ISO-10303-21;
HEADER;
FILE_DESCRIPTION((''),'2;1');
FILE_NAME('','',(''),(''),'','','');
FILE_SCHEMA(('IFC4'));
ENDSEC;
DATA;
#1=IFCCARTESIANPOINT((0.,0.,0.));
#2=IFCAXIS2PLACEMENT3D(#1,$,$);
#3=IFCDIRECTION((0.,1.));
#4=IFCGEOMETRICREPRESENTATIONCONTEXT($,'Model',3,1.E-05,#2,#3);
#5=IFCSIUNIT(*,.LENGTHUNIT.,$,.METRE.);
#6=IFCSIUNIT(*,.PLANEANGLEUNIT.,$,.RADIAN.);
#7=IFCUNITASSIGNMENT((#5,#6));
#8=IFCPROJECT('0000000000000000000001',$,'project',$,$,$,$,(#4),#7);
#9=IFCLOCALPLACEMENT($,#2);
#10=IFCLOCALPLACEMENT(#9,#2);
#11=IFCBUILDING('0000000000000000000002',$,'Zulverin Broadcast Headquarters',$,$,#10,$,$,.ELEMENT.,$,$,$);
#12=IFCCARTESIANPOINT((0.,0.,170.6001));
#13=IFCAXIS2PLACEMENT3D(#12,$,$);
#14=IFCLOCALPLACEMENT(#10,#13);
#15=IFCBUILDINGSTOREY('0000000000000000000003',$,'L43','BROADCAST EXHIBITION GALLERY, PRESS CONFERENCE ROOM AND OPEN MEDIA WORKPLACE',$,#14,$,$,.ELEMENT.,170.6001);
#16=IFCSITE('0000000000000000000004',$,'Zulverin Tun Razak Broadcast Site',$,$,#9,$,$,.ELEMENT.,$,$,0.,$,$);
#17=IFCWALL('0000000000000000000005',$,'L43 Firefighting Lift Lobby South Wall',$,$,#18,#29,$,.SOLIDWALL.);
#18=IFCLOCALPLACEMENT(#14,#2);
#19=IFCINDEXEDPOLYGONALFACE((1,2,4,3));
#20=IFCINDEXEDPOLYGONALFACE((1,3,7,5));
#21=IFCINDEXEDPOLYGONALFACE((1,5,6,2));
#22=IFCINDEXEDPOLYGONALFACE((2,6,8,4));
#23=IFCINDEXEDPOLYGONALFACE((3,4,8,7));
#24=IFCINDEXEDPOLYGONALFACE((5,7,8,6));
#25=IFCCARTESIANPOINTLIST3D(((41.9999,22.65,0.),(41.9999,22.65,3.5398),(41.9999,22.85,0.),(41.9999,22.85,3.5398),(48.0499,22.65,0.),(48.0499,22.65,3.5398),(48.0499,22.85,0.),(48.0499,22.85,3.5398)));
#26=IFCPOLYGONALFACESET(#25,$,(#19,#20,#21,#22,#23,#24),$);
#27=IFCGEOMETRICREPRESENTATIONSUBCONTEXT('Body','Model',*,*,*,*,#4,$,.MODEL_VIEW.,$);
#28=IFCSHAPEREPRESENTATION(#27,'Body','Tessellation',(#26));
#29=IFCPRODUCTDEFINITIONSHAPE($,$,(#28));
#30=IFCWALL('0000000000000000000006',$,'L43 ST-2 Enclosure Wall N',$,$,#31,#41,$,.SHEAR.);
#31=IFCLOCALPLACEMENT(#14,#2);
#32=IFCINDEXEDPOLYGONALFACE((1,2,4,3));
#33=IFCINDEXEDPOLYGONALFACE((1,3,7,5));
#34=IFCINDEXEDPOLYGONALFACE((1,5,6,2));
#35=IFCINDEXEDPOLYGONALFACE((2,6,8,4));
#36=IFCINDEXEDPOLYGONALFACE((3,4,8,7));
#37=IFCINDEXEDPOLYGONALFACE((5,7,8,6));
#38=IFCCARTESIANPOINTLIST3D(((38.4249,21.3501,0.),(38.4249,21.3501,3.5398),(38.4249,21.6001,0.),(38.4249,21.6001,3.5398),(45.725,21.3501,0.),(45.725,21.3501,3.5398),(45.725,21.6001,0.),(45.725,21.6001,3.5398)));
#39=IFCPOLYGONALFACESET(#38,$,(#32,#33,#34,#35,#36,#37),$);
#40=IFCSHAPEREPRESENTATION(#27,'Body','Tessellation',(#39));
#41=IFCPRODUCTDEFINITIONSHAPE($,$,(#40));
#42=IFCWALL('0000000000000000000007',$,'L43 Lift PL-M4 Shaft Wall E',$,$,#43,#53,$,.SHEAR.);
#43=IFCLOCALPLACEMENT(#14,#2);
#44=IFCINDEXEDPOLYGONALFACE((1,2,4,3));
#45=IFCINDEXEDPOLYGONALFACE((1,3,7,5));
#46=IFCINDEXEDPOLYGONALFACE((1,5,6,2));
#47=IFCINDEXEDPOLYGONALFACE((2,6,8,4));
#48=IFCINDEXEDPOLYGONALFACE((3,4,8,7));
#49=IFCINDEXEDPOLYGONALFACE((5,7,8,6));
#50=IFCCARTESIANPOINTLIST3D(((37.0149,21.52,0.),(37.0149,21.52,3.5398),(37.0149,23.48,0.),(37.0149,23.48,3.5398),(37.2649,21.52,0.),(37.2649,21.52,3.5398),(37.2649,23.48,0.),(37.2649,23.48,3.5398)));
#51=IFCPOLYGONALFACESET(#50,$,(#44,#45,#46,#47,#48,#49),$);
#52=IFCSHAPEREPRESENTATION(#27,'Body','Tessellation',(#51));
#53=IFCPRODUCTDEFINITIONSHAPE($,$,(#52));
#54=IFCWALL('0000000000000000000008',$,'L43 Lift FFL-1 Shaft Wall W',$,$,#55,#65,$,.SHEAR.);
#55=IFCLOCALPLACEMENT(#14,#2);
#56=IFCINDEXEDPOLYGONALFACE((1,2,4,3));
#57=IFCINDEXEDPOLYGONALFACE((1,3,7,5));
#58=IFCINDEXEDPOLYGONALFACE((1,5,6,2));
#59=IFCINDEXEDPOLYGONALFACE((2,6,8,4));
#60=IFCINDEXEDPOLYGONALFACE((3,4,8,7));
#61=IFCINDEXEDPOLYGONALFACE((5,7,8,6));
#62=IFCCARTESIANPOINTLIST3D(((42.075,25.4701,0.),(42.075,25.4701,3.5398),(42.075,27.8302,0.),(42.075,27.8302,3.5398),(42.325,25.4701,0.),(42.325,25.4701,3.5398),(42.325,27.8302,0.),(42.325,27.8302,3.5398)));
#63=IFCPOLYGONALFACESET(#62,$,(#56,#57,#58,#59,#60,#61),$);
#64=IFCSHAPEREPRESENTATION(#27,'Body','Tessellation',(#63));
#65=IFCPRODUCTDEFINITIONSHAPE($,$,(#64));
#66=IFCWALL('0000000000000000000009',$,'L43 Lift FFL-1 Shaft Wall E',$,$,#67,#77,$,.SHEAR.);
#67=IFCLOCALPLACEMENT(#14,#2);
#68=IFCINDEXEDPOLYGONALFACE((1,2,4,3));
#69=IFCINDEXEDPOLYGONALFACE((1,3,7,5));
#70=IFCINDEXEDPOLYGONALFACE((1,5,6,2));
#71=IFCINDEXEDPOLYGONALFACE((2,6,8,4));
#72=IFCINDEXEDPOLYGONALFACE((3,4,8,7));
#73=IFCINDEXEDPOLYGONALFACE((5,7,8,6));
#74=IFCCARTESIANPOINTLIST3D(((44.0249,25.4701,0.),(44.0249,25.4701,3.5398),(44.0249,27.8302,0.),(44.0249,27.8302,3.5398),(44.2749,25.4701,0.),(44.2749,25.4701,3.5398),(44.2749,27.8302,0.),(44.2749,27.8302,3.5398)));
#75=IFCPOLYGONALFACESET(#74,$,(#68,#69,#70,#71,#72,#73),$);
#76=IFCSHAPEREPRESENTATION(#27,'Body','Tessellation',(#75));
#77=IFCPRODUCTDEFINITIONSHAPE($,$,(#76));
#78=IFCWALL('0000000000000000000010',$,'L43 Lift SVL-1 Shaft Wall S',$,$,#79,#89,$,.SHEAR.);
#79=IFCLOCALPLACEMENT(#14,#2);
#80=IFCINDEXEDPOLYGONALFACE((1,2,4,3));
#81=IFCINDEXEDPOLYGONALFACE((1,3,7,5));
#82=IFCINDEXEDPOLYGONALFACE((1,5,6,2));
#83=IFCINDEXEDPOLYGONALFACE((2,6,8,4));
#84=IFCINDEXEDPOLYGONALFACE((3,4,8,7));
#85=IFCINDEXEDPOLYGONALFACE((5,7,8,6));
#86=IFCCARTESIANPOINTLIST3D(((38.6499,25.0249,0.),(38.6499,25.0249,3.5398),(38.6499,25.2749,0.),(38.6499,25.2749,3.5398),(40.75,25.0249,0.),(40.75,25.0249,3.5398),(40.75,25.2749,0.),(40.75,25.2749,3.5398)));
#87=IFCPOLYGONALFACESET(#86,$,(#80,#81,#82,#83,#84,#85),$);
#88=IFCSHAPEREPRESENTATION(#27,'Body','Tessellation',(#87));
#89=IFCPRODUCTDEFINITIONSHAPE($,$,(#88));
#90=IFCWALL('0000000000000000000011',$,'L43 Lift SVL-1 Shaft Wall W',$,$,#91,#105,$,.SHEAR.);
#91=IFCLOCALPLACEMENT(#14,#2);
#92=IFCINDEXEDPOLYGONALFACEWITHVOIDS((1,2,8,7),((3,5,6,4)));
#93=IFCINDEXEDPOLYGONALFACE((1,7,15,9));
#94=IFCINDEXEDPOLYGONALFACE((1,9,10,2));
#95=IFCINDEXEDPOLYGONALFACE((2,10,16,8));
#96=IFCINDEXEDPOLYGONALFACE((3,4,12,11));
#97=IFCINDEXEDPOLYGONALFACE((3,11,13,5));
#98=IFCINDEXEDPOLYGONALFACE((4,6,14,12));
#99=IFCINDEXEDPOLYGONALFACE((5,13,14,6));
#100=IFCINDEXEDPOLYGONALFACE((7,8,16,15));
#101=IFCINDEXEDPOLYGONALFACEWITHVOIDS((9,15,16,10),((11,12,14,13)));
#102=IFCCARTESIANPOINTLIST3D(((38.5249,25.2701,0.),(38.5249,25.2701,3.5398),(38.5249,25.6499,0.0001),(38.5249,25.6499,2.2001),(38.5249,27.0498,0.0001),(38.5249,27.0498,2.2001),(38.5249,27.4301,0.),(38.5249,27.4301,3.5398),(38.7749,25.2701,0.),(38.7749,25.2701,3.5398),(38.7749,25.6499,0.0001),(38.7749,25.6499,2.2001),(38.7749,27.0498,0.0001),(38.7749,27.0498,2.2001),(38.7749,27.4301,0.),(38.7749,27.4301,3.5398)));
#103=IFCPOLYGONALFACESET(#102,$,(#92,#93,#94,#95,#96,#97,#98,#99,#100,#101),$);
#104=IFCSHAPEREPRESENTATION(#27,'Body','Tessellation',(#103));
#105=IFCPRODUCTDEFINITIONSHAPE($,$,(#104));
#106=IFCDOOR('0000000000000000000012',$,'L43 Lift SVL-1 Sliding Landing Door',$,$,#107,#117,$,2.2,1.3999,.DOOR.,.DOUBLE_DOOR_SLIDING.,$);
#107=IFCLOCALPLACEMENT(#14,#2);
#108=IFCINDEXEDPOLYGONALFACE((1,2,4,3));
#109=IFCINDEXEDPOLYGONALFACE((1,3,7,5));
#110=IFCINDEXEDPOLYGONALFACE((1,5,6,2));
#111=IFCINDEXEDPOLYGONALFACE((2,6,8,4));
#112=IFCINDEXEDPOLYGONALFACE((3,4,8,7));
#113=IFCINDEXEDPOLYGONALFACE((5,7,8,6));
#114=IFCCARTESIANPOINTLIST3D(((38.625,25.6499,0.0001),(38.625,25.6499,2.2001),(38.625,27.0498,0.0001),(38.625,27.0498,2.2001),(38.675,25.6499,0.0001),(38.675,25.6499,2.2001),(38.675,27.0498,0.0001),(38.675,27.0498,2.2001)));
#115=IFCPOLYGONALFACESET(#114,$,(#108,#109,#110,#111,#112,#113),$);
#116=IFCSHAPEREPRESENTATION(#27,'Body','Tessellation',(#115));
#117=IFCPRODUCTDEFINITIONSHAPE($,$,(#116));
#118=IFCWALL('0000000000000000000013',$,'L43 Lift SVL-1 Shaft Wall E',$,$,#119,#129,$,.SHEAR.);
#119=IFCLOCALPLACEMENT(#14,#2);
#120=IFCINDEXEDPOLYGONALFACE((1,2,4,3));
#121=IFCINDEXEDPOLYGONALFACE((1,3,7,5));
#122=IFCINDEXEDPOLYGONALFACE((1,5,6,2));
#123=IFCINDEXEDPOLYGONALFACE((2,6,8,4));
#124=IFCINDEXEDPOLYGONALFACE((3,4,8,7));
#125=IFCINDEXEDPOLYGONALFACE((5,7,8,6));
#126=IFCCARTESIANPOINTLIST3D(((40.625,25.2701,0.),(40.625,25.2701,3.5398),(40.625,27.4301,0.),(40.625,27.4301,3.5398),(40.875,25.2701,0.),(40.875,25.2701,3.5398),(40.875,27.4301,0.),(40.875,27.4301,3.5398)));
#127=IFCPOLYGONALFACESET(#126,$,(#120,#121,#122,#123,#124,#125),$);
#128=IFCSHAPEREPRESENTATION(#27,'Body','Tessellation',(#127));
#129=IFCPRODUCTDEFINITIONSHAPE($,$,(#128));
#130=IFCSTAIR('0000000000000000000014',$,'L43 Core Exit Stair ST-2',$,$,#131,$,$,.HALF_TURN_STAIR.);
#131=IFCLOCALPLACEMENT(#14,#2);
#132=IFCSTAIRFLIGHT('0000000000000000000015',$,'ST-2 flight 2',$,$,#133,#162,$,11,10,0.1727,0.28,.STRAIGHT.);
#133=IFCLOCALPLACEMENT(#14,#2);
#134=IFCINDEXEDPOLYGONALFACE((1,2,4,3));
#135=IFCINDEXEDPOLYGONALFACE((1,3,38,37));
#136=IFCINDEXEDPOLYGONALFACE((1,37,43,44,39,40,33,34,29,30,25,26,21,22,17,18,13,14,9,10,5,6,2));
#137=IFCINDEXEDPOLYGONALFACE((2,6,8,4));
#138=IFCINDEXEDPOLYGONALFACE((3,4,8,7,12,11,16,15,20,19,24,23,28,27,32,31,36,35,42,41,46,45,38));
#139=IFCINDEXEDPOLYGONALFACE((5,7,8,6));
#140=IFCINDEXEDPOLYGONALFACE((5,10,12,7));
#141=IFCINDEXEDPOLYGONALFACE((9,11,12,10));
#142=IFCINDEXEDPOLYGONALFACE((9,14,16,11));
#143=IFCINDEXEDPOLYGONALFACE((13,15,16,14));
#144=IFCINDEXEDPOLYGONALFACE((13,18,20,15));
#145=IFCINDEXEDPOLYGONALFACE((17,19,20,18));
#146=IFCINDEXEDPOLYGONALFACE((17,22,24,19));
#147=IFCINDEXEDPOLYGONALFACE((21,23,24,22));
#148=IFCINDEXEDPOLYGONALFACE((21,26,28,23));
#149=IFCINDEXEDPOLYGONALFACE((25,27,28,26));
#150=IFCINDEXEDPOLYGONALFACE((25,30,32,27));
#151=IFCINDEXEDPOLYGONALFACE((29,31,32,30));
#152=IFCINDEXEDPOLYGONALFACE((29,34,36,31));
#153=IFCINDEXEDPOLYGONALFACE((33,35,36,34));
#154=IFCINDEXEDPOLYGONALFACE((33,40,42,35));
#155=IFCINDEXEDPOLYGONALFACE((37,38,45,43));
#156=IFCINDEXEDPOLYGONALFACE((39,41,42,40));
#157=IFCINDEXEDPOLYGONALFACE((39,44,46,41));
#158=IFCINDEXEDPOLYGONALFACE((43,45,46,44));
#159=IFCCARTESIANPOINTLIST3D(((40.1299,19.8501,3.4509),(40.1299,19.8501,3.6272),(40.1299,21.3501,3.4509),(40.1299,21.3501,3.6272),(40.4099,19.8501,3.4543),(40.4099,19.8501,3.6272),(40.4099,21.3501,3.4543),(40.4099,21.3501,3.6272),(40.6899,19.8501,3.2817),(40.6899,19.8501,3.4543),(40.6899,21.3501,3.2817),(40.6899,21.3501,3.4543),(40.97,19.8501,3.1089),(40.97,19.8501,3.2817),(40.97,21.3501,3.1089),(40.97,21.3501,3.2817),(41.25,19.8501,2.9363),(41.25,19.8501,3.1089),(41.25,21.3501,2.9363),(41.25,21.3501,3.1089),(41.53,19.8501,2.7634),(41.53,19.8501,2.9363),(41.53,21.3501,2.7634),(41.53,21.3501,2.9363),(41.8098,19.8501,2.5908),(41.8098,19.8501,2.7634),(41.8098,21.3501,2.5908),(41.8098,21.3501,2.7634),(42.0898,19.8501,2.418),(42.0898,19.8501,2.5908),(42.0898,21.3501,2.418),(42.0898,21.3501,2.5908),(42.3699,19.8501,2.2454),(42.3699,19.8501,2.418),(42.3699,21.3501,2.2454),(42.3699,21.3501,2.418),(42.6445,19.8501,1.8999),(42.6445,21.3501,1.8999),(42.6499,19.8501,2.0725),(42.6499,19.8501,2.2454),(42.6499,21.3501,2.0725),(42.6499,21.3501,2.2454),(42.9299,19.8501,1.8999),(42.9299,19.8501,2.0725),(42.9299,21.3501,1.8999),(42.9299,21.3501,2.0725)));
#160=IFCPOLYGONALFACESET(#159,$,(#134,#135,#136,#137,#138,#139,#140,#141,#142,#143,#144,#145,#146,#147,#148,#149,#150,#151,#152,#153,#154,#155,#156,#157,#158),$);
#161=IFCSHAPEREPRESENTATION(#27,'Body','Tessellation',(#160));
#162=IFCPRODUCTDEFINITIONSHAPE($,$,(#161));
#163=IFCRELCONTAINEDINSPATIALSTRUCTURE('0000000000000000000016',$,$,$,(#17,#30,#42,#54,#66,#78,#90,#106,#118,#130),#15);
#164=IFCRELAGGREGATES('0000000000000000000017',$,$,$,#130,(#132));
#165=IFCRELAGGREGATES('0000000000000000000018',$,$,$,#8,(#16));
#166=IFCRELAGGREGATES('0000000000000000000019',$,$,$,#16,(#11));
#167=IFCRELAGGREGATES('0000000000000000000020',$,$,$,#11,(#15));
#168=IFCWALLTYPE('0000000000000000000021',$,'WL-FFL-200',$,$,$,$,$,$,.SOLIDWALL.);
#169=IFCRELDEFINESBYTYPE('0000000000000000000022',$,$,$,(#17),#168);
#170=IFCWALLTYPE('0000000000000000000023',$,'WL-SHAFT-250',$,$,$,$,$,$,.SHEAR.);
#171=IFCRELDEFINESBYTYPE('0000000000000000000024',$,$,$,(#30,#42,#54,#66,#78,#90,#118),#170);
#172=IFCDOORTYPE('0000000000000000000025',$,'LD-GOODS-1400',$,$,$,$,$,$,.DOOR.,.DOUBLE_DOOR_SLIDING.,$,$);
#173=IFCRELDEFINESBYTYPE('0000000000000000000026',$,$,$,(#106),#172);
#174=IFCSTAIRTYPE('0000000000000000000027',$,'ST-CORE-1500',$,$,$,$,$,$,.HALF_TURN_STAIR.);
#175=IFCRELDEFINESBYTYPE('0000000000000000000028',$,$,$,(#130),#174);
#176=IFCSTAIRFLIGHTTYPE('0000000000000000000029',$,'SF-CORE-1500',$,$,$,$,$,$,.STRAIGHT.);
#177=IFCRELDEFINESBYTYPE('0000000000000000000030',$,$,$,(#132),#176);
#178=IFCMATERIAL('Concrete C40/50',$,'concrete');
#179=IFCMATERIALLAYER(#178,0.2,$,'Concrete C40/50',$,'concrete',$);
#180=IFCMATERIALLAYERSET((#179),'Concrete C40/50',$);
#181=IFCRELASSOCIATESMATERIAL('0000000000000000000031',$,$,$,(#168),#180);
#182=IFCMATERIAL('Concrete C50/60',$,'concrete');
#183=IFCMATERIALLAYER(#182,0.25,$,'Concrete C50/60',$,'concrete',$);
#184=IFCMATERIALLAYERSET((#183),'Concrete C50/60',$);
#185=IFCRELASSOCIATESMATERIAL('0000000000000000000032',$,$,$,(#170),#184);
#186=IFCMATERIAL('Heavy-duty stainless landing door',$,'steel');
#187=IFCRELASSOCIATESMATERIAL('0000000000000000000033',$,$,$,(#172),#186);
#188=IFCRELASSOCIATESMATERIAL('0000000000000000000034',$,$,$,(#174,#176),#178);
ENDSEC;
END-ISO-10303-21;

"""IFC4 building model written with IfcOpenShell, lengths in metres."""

from ifc_helpers import new_model, si_unit, direction, frame, frame_2d, origin, place, context, subcontext, project, spatial, polyline, rectangle, outline, extrude, material, layer, layer_set, type_object, element, fill, aggregate, save


model = new_model("IFC4")

# Units and contexts
model_context = context("Model", 3, precision=1e-05, world=origin(), true_north=direction((0.0, 1.0)))
body_context = subcontext(model_context, "Body", "Model", "MODEL_VIEW")
ifc_project = project(units=[si_unit("LENGTHUNIT", "METRE"), si_unit("PLANEANGLEUNIT", "RADIAN")], contexts=[model_context])

# Site, building, storey
site_placement = place(None, origin())
site = spatial("IfcSite", under=ifc_project, at=site_placement, Name="Zulverin Tun Razak Broadcast Site", CompositionType="ELEMENT", RefElevation=0.0)
building_placement = place(site_placement, origin())
building = spatial("IfcBuilding", under=site, at=building_placement, Name="Zulverin Broadcast Headquarters", CompositionType="ELEMENT")
storey_placement = place(building_placement, frame((0.0, 0.0, 170.6001)))
storey = spatial("IfcBuildingStorey", under=building, at=storey_placement, Name="L43", Description="BROADCAST EXHIBITION GALLERY, PRESS CONFERENCE ROOM AND OPEN MEDIA WORKPLACE", CompositionType="ELEMENT", Elevation=170.6001)

# Shared definitions
ifc_material_1 = material(Name="Concrete C40/50", Category="concrete")
ifc_layer_1 = layer(ifc_material_1, 0.2, Name="Concrete C40/50", Category="concrete")
ifc_layer_set_1 = layer_set([ifc_layer_1], Name="Concrete C40/50")
wall_type_1 = type_object("IfcWallType", Name="WL-FFL-200", PredefinedType="SOLIDWALL", material=ifc_layer_set_1)

# Walls
wall_1_placement = place(storey_placement, frame((42.0, 22.75, 0.0), z_axis=(0.0, 0.0, 1.0), x_axis=(1.0, 0.0, 0.0)))
element("IfcWall", 1, at=wall_1_placement, inside=storey, type_object=wall_type_1, Name="L43 Firefighting Lift Lobby South Wall", PredefinedType="SOLIDWALL", context=body_context, shape_type="SweptSolid", body=[
    extrude(rectangle(XDim=6.05, YDim=0.2, at=frame_2d((3.0249, 0.0))), origin(), (0.0, 0.0, 1.0), 3.5398),
])
ifc_material_2 = material(Name="Concrete C50/60", Category="concrete")
ifc_layer_2 = layer(ifc_material_2, 0.25, Name="Concrete C50/60", Category="concrete")
ifc_layer_set_2 = layer_set([ifc_layer_2], Name="Concrete C50/60")
wall_type_2 = type_object("IfcWallType", Name="WL-SHAFT-250", PredefinedType="SHEAR", material=ifc_layer_set_2)
wall_2_placement = place(storey_placement, frame((38.425, 21.4751, 0.0), z_axis=(0.0, 0.0, 1.0), x_axis=(1.0, 0.0, 0.0)))
element("IfcWall", 2, at=wall_2_placement, inside=storey, type_object=wall_type_2, Name="L43 ST-2 Enclosure Wall N", PredefinedType="SHEAR", context=body_context, shape_type="SweptSolid", body=[
    extrude(rectangle(XDim=7.3, YDim=0.25, at=frame_2d((3.6499, 0.0))), origin(), (0.0, 0.0, 1.0), 3.5398),
])
wall_3_placement = place(storey_placement, frame((37.1399, 21.52, 0.0), z_axis=(0.0, 0.0, 1.0), x_axis=(0.0, 1.0, 0.0)))
element("IfcWall", 3, at=wall_3_placement, inside=storey, type_object=wall_type_2, Name="L43 Lift PL-M4 Shaft Wall E", PredefinedType="SHEAR", context=body_context, shape_type="SweptSolid", body=[
    extrude(rectangle(XDim=1.96, YDim=0.25, at=frame_2d((0.98, 0.0))), origin(), (0.0, 0.0, 1.0), 3.5398),
])

# Walls
for number, where, z_axis, x_axis, name in (
    (4, (42.2, 25.47, 0.0), (0.0, 0.0, 1.0), (0.0, 1.0, 0.0), "L43 Lift FFL-1 Shaft Wall W"),
    (5, (44.1499, 25.47, 0.0), (0.0, 0.0, 1.0), (0.0, 1.0, 0.0), "L43 Lift FFL-1 Shaft Wall E"),
):
    element("IfcWall", number, at=place(storey_placement, frame(where, z_axis=z_axis, x_axis=x_axis)), inside=storey, type_object=wall_type_2, Name=name, PredefinedType="SHEAR", context=body_context, shape_type="SweptSolid", body=[
        extrude(rectangle(XDim=2.3601, YDim=0.25, at=frame_2d((1.1802, 0.0))), origin(), (0.0, 0.0, 1.0), 3.5398),
    ])

# Wall
wall_4_placement = place(storey_placement, frame((38.6499, 25.1499, 0.0), z_axis=(0.0, 0.0, 1.0), x_axis=(1.0, 0.0, 0.0)))
element("IfcWall", 6, at=wall_4_placement, inside=storey, type_object=wall_type_2, Name="L43 Lift SVL-1 Shaft Wall S", PredefinedType="SHEAR", context=body_context, shape_type="SweptSolid", body=[
    extrude(rectangle(XDim=2.1001, YDim=0.25, at=frame_2d((1.05, 0.0))), origin(), (0.0, 0.0, 1.0), 3.5398),
])

# Wall, opening, door
wall_5_placement = place(storey_placement, frame((38.6499, 25.27, 0.0), z_axis=(0.0, 0.0, 1.0), x_axis=(0.0, 1.0, 0.0)))
wall_5 = element("IfcWall", 7, at=wall_5_placement, inside=storey, type_object=wall_type_2, Name="L43 Lift SVL-1 Shaft Wall W", PredefinedType="SHEAR", context=body_context, shape_type="SweptSolid", body=[
    extrude(rectangle(XDim=2.1599, YDim=0.25, at=frame_2d((1.0801, 0.0))), origin(), (0.0, 0.0, 1.0), 3.5398),
])
opening_1_placement = place(wall_5_placement, frame((0.3799, 0.0, 0.0)))
opening_1 = element("IfcOpeningElement", 8, at=opening_1_placement, cuts=wall_5, PredefinedType="OPENING", context=body_context, shape_type="SweptSolid", body=[
    extrude(rectangle(XDim=1.3999, YDim=2.2, at=frame_2d((0.7, 1.1001))), frame((0.0, 0.135, 0.0), z_axis=(0.0, -1.0, 0.0), x_axis=(1.0, 0.0, 0.0)), (0.0, 0.0, 1.0), 0.27),
])
ifc_material_3 = material(Name="Heavy-duty stainless landing door", Category="steel")
door_type_1 = type_object("IfcDoorType", Name="LD-GOODS-1400", OperationType="DOUBLE_DOOR_SLIDING", PredefinedType="DOOR", material=ifc_material_3)
door_1_placement = place(opening_1_placement, origin())
door_1 = element("IfcDoor", 9, at=door_1_placement, inside=storey, type_object=door_type_1, Name="L43 Lift SVL-1 Sliding Landing Door", OperationType="DOUBLE_DOOR_SLIDING", OverallHeight=2.2, OverallWidth=1.3999, PredefinedType="DOOR", context=body_context, shape_type="SweptSolid", body=[
    extrude(rectangle(XDim=1.3999, YDim=2.2, at=frame_2d((0.7, 1.1001))), frame((0.0, 0.0249, 0.0), z_axis=(0.0, -1.0, 0.0), x_axis=(1.0, 0.0, 0.0)), (0.0, 0.0, 1.0), 0.05),
])
fill(opening_1, door_1)

# Wall
wall_6_placement = place(storey_placement, frame((40.75, 25.27, 0.0), z_axis=(0.0, 0.0, 1.0), x_axis=(0.0, 1.0, 0.0)))
element("IfcWall", 10, at=wall_6_placement, inside=storey, type_object=wall_type_2, Name="L43 Lift SVL-1 Shaft Wall E", PredefinedType="SHEAR", context=body_context, shape_type="SweptSolid", body=[
    extrude(rectangle(XDim=2.1599, YDim=0.25, at=frame_2d((1.0801, 0.0))), origin(), (0.0, 0.0, 1.0), 3.5398),
])

# Stair, stair flight
stair_type = type_object("IfcStairType", Name="ST-CORE-1500", PredefinedType="HALF_TURN_STAIR", material=ifc_material_1)
stair_placement = place(storey_placement, origin())
stair = element("IfcStair", 11, at=stair_placement, inside=storey, type_object=stair_type, Name="L43 Core Exit Stair ST-2", PredefinedType="HALF_TURN_STAIR")
stair_flight_type = type_object("IfcStairFlightType", Name="SF-CORE-1500", PredefinedType="STRAIGHT", material=ifc_material_1)
stair_flight_placement = place(storey_placement, frame((42.9299, 20.6001, 1.8999), z_axis=(0.0, 0.0, 1.0), x_axis=(-1.0, 0.0, 0.0)))
stair_flight = element("IfcStairFlight", 12, at=stair_flight_placement, type_object=stair_flight_type, Name="ST-2 flight 2", NumberOfRisers=11, NumberOfTreads=10, PredefinedType="STRAIGHT", RiserHeight=0.1727, TreadLength=0.28, context=body_context, shape_type="SweptSolid", body=[
    extrude(outline(polyline([(0.0, 0.0), (0.0, 0.1726), (0.28, 0.1726), (0.28, 0.3455), (0.5601, 0.3455), (0.5601, 0.5181), (0.8401, 0.5181), (0.8401, 0.6909), (1.1201, 0.6909), (1.1201, 0.8635), (1.3999, 0.8635), (1.3999, 1.0364), (1.6799, 1.0364), (1.6799, 1.209), (1.96, 1.209), (1.96, 1.3818), (2.24, 1.3818), (2.24, 1.5544), (2.52, 1.5544), (2.52, 1.7273), (2.8, 1.7273), (2.8, 1.8999), (2.8, 1.551), (0.2854, 0.0), (0.0, 0.0)])), frame((0.0, 0.75, 0.0), z_axis=(0.0, -1.0, 0.0), x_axis=(1.0, 0.0, 0.0)), (0.0, 0.0, 1.0), 1.5),
])
aggregate(stair, [stair_flight])

save(model, "model.ifc")
